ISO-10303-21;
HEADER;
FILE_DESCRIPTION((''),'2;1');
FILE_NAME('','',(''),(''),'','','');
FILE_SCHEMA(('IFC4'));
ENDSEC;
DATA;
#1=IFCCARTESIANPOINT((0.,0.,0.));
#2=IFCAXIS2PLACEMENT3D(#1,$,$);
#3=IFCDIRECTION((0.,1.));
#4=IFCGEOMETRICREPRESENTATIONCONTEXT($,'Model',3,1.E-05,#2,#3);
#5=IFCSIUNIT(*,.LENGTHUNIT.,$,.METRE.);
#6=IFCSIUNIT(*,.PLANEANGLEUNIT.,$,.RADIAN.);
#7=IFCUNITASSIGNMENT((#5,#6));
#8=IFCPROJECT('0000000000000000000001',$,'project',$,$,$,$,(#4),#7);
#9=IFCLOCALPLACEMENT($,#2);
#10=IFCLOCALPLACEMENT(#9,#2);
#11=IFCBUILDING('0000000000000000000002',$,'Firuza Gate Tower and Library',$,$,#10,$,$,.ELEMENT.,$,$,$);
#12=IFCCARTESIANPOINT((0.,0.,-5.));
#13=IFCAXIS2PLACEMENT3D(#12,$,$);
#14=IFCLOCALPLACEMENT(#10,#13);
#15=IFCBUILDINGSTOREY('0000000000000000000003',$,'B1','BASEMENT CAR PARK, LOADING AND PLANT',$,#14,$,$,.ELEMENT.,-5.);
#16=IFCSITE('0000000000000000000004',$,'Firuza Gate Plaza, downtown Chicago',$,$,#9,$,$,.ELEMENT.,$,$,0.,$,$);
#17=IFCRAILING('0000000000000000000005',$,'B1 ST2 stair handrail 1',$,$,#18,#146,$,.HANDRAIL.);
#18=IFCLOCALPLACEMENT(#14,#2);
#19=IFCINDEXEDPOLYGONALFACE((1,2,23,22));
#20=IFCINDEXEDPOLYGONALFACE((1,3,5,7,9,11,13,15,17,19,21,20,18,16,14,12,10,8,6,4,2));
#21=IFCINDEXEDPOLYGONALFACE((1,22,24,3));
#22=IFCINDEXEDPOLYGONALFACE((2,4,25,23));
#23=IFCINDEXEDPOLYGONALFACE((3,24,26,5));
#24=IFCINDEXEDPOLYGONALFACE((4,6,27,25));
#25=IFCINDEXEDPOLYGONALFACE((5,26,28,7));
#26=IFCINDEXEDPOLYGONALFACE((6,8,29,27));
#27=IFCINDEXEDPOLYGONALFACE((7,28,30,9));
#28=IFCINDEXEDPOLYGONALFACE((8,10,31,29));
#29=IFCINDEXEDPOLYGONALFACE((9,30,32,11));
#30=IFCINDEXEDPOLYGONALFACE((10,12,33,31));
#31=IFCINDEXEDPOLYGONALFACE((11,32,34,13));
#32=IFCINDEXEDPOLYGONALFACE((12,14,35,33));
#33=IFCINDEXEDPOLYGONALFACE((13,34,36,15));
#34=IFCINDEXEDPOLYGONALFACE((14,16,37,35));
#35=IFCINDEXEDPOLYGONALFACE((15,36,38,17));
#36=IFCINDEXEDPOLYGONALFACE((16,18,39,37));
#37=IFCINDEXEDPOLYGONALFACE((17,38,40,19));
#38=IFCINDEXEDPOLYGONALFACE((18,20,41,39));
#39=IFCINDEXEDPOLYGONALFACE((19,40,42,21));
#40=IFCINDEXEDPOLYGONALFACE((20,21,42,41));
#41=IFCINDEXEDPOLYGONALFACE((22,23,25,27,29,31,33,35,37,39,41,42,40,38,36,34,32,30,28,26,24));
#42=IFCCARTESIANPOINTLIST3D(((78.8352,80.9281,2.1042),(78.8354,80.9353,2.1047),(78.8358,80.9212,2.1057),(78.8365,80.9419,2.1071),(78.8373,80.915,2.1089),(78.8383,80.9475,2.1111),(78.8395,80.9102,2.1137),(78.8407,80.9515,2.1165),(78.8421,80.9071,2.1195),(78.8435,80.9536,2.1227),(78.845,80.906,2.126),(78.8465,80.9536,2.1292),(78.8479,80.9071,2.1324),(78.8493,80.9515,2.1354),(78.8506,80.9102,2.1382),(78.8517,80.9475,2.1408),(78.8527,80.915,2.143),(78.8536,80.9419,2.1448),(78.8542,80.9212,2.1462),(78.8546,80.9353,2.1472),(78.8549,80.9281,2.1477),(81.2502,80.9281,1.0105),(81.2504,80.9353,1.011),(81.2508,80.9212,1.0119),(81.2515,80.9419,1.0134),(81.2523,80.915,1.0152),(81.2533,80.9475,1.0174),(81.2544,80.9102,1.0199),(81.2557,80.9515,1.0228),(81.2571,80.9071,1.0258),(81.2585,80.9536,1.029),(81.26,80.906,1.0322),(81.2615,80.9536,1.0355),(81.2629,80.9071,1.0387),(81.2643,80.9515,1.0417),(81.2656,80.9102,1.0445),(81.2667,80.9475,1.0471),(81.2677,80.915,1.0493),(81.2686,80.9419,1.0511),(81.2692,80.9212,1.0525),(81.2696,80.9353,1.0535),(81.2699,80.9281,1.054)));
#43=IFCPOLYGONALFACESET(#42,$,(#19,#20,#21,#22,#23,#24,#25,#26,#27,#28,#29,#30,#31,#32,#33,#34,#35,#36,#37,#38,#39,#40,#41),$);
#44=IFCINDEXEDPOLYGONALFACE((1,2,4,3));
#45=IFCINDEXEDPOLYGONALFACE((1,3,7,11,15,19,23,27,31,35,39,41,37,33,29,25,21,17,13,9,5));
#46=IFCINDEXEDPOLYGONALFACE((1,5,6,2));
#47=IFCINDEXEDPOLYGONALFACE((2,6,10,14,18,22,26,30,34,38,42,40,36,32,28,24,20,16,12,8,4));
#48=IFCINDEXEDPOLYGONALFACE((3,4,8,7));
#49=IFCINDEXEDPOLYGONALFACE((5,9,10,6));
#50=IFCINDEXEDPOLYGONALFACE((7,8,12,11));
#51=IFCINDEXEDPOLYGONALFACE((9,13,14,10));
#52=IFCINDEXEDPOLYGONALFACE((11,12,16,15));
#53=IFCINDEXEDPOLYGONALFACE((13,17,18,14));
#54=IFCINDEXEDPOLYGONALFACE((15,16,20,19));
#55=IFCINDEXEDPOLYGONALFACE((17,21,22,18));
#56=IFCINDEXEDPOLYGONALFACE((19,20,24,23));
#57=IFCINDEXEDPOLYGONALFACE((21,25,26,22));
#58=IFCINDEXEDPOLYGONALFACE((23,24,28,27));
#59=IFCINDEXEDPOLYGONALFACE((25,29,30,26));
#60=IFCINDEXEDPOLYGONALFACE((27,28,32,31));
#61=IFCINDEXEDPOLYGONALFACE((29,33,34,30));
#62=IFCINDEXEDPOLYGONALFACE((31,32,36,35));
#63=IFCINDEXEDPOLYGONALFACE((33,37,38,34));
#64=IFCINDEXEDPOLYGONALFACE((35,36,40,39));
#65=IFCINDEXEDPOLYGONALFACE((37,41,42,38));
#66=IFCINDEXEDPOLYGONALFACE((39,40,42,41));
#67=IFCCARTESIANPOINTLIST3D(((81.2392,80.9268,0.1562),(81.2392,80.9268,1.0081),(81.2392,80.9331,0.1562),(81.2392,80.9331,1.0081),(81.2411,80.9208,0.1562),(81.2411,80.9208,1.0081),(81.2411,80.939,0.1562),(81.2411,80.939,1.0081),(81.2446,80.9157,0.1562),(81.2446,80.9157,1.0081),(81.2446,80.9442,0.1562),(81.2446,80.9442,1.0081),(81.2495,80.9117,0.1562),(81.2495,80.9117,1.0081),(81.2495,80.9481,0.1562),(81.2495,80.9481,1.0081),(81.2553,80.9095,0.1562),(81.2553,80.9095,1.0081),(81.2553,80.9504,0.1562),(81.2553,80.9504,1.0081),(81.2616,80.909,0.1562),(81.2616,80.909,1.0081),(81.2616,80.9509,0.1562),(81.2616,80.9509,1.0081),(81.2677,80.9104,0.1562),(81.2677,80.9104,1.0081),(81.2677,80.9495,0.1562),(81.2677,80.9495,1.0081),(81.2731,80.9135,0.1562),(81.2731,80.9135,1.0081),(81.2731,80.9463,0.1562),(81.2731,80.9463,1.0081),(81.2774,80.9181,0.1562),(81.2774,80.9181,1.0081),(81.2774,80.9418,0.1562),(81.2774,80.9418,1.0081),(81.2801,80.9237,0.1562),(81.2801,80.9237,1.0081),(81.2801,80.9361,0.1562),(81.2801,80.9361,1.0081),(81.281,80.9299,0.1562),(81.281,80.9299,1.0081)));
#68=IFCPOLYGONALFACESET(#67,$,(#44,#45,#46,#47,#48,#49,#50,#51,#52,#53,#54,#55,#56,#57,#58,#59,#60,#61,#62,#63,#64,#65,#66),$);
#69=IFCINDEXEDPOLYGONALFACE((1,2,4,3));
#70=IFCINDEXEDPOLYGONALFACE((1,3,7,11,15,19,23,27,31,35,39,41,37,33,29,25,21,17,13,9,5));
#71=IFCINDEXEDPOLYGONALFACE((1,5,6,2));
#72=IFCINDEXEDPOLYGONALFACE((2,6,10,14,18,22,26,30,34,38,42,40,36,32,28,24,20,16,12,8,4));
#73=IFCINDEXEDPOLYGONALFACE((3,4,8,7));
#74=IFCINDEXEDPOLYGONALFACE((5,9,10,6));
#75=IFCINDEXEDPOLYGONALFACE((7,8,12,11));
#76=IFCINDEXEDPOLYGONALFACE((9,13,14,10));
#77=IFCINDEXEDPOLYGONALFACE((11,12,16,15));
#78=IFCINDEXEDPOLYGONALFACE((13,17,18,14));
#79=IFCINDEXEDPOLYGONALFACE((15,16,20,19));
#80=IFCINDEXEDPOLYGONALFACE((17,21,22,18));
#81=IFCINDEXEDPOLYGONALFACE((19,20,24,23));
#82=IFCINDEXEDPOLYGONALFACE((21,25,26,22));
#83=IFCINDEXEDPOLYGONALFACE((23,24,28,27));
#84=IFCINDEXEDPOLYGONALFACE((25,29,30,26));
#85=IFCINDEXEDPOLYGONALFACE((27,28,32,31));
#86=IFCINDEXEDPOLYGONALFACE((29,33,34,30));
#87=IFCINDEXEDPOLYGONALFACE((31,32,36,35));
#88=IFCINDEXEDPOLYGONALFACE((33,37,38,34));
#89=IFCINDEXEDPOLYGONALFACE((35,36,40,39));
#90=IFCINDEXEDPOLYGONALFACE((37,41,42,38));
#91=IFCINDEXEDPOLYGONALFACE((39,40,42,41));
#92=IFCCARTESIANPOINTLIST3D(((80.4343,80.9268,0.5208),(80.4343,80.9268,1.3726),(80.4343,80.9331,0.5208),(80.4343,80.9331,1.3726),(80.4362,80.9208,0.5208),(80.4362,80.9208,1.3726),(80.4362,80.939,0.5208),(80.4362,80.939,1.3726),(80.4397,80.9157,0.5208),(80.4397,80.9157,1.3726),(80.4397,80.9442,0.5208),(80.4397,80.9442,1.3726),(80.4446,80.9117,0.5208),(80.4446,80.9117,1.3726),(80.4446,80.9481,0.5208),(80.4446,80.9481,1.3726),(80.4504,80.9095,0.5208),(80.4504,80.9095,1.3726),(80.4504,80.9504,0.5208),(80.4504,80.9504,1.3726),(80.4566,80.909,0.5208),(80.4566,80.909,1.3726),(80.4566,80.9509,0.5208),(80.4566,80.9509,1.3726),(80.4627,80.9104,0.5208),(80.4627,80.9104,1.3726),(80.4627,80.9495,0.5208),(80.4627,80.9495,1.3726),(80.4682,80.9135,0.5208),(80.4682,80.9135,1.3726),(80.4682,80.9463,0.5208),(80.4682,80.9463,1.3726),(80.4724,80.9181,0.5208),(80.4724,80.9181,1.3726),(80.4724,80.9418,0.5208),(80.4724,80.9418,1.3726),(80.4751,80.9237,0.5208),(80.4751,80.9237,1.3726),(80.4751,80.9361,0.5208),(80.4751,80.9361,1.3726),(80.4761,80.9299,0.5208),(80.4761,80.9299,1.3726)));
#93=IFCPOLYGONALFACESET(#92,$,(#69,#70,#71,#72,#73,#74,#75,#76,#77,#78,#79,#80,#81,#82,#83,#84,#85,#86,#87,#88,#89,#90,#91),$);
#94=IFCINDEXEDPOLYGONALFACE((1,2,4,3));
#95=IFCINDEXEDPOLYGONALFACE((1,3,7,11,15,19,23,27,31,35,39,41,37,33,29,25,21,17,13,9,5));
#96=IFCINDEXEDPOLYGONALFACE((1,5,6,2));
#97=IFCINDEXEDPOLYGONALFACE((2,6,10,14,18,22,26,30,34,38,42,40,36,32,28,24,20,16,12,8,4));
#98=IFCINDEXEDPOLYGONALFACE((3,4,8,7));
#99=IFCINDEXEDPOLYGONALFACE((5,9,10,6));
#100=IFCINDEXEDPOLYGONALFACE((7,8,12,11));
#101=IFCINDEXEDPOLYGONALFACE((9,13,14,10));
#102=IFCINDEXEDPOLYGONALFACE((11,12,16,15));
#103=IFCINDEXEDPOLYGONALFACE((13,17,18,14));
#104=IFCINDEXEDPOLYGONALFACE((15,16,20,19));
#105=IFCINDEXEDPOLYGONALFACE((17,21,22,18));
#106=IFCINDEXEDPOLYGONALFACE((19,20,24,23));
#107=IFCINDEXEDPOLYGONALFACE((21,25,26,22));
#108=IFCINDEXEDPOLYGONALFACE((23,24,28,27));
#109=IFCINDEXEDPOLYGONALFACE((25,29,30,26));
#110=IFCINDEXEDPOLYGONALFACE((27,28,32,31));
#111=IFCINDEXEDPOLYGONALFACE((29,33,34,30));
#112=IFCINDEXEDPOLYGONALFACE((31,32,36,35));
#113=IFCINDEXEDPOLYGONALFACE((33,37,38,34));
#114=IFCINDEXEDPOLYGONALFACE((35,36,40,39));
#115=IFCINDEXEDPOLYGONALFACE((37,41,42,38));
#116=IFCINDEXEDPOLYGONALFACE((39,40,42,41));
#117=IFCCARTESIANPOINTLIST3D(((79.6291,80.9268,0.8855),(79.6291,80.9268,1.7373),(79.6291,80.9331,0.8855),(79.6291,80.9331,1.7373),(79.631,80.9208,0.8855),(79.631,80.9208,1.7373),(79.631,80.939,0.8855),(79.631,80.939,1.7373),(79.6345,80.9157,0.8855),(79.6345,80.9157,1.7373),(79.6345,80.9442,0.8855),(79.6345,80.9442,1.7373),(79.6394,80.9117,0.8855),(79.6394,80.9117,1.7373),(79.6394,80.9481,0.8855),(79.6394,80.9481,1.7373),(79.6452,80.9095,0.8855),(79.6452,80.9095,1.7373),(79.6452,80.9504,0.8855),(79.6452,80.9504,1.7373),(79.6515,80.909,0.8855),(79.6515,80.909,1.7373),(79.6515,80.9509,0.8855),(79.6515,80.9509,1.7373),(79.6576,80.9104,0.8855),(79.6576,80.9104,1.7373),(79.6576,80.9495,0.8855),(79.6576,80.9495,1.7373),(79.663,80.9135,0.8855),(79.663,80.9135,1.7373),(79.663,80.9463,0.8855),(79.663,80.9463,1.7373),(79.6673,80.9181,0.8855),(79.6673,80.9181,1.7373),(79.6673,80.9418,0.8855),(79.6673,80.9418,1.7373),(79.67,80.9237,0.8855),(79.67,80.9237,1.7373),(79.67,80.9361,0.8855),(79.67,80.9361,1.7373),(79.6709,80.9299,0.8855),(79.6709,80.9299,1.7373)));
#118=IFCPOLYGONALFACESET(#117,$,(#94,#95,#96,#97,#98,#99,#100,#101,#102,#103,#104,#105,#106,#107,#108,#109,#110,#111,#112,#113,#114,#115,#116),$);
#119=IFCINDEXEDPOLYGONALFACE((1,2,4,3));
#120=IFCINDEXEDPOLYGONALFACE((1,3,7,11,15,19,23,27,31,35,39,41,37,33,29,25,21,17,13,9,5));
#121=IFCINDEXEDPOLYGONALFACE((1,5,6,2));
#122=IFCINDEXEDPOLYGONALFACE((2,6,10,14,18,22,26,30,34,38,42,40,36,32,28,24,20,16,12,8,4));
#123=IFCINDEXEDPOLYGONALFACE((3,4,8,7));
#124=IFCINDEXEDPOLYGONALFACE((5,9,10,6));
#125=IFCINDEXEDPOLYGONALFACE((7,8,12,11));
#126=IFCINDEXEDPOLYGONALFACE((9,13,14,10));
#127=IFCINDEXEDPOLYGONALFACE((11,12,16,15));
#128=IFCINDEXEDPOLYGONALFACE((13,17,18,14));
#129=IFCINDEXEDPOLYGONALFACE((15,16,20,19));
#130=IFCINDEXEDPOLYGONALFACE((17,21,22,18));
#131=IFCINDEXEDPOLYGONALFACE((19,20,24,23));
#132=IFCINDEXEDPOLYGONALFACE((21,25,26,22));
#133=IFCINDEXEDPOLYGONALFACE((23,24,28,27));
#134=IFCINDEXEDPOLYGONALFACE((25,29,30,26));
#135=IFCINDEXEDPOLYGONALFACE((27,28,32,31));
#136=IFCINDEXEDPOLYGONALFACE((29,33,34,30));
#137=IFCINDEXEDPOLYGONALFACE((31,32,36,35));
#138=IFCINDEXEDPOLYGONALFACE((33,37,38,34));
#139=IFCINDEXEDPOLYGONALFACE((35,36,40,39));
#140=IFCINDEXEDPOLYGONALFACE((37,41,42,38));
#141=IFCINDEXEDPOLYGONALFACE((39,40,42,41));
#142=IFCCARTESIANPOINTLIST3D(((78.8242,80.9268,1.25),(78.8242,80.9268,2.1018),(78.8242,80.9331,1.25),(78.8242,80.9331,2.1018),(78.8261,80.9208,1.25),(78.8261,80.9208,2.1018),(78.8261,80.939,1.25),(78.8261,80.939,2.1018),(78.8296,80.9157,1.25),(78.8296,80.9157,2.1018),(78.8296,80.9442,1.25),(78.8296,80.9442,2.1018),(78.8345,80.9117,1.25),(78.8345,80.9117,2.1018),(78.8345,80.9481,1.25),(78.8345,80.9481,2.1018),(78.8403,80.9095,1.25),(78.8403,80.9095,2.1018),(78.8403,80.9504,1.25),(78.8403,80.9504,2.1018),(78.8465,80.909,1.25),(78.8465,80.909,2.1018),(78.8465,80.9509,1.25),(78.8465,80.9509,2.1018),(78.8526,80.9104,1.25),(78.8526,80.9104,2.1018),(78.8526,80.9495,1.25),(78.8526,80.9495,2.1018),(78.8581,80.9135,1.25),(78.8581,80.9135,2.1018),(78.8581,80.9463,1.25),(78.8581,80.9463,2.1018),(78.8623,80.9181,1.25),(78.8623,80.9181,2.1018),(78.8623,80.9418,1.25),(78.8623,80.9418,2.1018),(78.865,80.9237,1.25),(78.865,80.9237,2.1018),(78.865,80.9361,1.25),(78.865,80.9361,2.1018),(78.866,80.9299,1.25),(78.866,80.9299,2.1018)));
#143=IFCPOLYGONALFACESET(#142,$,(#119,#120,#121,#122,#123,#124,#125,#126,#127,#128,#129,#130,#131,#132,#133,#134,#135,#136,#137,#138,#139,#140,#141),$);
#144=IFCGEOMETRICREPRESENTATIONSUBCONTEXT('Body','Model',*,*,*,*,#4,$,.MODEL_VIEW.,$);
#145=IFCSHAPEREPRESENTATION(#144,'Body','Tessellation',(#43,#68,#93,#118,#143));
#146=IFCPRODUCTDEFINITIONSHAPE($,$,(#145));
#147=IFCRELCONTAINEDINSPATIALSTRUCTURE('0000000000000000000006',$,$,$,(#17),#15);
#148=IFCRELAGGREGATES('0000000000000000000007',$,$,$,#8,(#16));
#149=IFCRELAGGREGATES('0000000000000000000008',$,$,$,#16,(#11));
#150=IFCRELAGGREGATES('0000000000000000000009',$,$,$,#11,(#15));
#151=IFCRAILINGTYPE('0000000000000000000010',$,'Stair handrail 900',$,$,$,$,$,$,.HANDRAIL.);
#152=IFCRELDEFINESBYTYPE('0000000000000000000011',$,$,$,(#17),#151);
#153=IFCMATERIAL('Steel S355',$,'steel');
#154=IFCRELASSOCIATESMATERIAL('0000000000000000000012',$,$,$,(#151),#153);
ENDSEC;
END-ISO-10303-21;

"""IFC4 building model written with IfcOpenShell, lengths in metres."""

from ifc_helpers import new_model, si_unit, direction, frame, origin, origin_2d, place, context, subcontext, project, spatial, circle, extrude, material, type_object, element, save


model = new_model("IFC4")

# Units and contexts
model_context = context("Model", 3, precision=1e-05, world=origin(), true_north=direction((0.0, 1.0)))
body_context = subcontext(model_context, "Body", "Model", "MODEL_VIEW")
ifc_project = project(units=[si_unit("LENGTHUNIT", "METRE"), si_unit("PLANEANGLEUNIT", "RADIAN")], contexts=[model_context])

# Site, building, storey
site_placement = place(None, origin())
site = spatial("IfcSite", under=ifc_project, at=site_placement, Name="Firuza Gate Plaza, downtown Chicago", CompositionType="ELEMENT", RefElevation=0.0)
building_placement = place(site_placement, origin())
building = spatial("IfcBuilding", under=site, at=building_placement, Name="Firuza Gate Tower and Library", CompositionType="ELEMENT")
storey_placement = place(building_placement, frame((0.0, 0.0, -5.0)))
storey = spatial("IfcBuildingStorey", under=building, at=storey_placement, Name="B1", Description="BASEMENT CAR PARK, LOADING AND PLANT", CompositionType="ELEMENT", Elevation=-5.0)

# Railing
ifc_material_1 = material(Name="Steel S355", Category="steel")
railing_type_1 = type_object("IfcRailingType", Name="Stair handrail 900", PredefinedType="HANDRAIL", material=ifc_material_1)
railing_1_placement = place(storey_placement, frame((81.26, 80.9299, 0.1562)))
element("IfcRailing", 1, at=railing_1_placement, inside=storey, type_object=railing_type_1, Name="B1 ST2 stair handrail 1", PredefinedType="HANDRAIL", context=body_context, shape_type="SweptSolid", body=[
    extrude(circle(Radius=0.0239, at=origin_2d()), frame((0.0, 0.0, 0.876), z_axis=(-0.910933, 0.0, 0.412554), x_axis=(0.0, -1.0, 0.0)), (0.0, 0.0, 1.0), 2.6511),
    extrude(circle(Radius=0.021, at=origin_2d()), origin(), (0.0, 0.0, 1.0), 0.8518),
    extrude(circle(Radius=0.021, at=origin_2d()), frame((-0.8049, 0.0, 0.3645)), (0.0, 0.0, 1.0), 0.8518),
    extrude(circle(Radius=0.021, at=origin_2d()), frame((-1.6101, 0.0, 0.7292)), (0.0, 0.0, 1.0), 0.8518),
    extrude(circle(Radius=0.021, at=origin_2d()), frame((-2.415, 0.0, 1.0938)), (0.0, 0.0, 1.0), 0.8518),
])

save(model, "model.ifc")
